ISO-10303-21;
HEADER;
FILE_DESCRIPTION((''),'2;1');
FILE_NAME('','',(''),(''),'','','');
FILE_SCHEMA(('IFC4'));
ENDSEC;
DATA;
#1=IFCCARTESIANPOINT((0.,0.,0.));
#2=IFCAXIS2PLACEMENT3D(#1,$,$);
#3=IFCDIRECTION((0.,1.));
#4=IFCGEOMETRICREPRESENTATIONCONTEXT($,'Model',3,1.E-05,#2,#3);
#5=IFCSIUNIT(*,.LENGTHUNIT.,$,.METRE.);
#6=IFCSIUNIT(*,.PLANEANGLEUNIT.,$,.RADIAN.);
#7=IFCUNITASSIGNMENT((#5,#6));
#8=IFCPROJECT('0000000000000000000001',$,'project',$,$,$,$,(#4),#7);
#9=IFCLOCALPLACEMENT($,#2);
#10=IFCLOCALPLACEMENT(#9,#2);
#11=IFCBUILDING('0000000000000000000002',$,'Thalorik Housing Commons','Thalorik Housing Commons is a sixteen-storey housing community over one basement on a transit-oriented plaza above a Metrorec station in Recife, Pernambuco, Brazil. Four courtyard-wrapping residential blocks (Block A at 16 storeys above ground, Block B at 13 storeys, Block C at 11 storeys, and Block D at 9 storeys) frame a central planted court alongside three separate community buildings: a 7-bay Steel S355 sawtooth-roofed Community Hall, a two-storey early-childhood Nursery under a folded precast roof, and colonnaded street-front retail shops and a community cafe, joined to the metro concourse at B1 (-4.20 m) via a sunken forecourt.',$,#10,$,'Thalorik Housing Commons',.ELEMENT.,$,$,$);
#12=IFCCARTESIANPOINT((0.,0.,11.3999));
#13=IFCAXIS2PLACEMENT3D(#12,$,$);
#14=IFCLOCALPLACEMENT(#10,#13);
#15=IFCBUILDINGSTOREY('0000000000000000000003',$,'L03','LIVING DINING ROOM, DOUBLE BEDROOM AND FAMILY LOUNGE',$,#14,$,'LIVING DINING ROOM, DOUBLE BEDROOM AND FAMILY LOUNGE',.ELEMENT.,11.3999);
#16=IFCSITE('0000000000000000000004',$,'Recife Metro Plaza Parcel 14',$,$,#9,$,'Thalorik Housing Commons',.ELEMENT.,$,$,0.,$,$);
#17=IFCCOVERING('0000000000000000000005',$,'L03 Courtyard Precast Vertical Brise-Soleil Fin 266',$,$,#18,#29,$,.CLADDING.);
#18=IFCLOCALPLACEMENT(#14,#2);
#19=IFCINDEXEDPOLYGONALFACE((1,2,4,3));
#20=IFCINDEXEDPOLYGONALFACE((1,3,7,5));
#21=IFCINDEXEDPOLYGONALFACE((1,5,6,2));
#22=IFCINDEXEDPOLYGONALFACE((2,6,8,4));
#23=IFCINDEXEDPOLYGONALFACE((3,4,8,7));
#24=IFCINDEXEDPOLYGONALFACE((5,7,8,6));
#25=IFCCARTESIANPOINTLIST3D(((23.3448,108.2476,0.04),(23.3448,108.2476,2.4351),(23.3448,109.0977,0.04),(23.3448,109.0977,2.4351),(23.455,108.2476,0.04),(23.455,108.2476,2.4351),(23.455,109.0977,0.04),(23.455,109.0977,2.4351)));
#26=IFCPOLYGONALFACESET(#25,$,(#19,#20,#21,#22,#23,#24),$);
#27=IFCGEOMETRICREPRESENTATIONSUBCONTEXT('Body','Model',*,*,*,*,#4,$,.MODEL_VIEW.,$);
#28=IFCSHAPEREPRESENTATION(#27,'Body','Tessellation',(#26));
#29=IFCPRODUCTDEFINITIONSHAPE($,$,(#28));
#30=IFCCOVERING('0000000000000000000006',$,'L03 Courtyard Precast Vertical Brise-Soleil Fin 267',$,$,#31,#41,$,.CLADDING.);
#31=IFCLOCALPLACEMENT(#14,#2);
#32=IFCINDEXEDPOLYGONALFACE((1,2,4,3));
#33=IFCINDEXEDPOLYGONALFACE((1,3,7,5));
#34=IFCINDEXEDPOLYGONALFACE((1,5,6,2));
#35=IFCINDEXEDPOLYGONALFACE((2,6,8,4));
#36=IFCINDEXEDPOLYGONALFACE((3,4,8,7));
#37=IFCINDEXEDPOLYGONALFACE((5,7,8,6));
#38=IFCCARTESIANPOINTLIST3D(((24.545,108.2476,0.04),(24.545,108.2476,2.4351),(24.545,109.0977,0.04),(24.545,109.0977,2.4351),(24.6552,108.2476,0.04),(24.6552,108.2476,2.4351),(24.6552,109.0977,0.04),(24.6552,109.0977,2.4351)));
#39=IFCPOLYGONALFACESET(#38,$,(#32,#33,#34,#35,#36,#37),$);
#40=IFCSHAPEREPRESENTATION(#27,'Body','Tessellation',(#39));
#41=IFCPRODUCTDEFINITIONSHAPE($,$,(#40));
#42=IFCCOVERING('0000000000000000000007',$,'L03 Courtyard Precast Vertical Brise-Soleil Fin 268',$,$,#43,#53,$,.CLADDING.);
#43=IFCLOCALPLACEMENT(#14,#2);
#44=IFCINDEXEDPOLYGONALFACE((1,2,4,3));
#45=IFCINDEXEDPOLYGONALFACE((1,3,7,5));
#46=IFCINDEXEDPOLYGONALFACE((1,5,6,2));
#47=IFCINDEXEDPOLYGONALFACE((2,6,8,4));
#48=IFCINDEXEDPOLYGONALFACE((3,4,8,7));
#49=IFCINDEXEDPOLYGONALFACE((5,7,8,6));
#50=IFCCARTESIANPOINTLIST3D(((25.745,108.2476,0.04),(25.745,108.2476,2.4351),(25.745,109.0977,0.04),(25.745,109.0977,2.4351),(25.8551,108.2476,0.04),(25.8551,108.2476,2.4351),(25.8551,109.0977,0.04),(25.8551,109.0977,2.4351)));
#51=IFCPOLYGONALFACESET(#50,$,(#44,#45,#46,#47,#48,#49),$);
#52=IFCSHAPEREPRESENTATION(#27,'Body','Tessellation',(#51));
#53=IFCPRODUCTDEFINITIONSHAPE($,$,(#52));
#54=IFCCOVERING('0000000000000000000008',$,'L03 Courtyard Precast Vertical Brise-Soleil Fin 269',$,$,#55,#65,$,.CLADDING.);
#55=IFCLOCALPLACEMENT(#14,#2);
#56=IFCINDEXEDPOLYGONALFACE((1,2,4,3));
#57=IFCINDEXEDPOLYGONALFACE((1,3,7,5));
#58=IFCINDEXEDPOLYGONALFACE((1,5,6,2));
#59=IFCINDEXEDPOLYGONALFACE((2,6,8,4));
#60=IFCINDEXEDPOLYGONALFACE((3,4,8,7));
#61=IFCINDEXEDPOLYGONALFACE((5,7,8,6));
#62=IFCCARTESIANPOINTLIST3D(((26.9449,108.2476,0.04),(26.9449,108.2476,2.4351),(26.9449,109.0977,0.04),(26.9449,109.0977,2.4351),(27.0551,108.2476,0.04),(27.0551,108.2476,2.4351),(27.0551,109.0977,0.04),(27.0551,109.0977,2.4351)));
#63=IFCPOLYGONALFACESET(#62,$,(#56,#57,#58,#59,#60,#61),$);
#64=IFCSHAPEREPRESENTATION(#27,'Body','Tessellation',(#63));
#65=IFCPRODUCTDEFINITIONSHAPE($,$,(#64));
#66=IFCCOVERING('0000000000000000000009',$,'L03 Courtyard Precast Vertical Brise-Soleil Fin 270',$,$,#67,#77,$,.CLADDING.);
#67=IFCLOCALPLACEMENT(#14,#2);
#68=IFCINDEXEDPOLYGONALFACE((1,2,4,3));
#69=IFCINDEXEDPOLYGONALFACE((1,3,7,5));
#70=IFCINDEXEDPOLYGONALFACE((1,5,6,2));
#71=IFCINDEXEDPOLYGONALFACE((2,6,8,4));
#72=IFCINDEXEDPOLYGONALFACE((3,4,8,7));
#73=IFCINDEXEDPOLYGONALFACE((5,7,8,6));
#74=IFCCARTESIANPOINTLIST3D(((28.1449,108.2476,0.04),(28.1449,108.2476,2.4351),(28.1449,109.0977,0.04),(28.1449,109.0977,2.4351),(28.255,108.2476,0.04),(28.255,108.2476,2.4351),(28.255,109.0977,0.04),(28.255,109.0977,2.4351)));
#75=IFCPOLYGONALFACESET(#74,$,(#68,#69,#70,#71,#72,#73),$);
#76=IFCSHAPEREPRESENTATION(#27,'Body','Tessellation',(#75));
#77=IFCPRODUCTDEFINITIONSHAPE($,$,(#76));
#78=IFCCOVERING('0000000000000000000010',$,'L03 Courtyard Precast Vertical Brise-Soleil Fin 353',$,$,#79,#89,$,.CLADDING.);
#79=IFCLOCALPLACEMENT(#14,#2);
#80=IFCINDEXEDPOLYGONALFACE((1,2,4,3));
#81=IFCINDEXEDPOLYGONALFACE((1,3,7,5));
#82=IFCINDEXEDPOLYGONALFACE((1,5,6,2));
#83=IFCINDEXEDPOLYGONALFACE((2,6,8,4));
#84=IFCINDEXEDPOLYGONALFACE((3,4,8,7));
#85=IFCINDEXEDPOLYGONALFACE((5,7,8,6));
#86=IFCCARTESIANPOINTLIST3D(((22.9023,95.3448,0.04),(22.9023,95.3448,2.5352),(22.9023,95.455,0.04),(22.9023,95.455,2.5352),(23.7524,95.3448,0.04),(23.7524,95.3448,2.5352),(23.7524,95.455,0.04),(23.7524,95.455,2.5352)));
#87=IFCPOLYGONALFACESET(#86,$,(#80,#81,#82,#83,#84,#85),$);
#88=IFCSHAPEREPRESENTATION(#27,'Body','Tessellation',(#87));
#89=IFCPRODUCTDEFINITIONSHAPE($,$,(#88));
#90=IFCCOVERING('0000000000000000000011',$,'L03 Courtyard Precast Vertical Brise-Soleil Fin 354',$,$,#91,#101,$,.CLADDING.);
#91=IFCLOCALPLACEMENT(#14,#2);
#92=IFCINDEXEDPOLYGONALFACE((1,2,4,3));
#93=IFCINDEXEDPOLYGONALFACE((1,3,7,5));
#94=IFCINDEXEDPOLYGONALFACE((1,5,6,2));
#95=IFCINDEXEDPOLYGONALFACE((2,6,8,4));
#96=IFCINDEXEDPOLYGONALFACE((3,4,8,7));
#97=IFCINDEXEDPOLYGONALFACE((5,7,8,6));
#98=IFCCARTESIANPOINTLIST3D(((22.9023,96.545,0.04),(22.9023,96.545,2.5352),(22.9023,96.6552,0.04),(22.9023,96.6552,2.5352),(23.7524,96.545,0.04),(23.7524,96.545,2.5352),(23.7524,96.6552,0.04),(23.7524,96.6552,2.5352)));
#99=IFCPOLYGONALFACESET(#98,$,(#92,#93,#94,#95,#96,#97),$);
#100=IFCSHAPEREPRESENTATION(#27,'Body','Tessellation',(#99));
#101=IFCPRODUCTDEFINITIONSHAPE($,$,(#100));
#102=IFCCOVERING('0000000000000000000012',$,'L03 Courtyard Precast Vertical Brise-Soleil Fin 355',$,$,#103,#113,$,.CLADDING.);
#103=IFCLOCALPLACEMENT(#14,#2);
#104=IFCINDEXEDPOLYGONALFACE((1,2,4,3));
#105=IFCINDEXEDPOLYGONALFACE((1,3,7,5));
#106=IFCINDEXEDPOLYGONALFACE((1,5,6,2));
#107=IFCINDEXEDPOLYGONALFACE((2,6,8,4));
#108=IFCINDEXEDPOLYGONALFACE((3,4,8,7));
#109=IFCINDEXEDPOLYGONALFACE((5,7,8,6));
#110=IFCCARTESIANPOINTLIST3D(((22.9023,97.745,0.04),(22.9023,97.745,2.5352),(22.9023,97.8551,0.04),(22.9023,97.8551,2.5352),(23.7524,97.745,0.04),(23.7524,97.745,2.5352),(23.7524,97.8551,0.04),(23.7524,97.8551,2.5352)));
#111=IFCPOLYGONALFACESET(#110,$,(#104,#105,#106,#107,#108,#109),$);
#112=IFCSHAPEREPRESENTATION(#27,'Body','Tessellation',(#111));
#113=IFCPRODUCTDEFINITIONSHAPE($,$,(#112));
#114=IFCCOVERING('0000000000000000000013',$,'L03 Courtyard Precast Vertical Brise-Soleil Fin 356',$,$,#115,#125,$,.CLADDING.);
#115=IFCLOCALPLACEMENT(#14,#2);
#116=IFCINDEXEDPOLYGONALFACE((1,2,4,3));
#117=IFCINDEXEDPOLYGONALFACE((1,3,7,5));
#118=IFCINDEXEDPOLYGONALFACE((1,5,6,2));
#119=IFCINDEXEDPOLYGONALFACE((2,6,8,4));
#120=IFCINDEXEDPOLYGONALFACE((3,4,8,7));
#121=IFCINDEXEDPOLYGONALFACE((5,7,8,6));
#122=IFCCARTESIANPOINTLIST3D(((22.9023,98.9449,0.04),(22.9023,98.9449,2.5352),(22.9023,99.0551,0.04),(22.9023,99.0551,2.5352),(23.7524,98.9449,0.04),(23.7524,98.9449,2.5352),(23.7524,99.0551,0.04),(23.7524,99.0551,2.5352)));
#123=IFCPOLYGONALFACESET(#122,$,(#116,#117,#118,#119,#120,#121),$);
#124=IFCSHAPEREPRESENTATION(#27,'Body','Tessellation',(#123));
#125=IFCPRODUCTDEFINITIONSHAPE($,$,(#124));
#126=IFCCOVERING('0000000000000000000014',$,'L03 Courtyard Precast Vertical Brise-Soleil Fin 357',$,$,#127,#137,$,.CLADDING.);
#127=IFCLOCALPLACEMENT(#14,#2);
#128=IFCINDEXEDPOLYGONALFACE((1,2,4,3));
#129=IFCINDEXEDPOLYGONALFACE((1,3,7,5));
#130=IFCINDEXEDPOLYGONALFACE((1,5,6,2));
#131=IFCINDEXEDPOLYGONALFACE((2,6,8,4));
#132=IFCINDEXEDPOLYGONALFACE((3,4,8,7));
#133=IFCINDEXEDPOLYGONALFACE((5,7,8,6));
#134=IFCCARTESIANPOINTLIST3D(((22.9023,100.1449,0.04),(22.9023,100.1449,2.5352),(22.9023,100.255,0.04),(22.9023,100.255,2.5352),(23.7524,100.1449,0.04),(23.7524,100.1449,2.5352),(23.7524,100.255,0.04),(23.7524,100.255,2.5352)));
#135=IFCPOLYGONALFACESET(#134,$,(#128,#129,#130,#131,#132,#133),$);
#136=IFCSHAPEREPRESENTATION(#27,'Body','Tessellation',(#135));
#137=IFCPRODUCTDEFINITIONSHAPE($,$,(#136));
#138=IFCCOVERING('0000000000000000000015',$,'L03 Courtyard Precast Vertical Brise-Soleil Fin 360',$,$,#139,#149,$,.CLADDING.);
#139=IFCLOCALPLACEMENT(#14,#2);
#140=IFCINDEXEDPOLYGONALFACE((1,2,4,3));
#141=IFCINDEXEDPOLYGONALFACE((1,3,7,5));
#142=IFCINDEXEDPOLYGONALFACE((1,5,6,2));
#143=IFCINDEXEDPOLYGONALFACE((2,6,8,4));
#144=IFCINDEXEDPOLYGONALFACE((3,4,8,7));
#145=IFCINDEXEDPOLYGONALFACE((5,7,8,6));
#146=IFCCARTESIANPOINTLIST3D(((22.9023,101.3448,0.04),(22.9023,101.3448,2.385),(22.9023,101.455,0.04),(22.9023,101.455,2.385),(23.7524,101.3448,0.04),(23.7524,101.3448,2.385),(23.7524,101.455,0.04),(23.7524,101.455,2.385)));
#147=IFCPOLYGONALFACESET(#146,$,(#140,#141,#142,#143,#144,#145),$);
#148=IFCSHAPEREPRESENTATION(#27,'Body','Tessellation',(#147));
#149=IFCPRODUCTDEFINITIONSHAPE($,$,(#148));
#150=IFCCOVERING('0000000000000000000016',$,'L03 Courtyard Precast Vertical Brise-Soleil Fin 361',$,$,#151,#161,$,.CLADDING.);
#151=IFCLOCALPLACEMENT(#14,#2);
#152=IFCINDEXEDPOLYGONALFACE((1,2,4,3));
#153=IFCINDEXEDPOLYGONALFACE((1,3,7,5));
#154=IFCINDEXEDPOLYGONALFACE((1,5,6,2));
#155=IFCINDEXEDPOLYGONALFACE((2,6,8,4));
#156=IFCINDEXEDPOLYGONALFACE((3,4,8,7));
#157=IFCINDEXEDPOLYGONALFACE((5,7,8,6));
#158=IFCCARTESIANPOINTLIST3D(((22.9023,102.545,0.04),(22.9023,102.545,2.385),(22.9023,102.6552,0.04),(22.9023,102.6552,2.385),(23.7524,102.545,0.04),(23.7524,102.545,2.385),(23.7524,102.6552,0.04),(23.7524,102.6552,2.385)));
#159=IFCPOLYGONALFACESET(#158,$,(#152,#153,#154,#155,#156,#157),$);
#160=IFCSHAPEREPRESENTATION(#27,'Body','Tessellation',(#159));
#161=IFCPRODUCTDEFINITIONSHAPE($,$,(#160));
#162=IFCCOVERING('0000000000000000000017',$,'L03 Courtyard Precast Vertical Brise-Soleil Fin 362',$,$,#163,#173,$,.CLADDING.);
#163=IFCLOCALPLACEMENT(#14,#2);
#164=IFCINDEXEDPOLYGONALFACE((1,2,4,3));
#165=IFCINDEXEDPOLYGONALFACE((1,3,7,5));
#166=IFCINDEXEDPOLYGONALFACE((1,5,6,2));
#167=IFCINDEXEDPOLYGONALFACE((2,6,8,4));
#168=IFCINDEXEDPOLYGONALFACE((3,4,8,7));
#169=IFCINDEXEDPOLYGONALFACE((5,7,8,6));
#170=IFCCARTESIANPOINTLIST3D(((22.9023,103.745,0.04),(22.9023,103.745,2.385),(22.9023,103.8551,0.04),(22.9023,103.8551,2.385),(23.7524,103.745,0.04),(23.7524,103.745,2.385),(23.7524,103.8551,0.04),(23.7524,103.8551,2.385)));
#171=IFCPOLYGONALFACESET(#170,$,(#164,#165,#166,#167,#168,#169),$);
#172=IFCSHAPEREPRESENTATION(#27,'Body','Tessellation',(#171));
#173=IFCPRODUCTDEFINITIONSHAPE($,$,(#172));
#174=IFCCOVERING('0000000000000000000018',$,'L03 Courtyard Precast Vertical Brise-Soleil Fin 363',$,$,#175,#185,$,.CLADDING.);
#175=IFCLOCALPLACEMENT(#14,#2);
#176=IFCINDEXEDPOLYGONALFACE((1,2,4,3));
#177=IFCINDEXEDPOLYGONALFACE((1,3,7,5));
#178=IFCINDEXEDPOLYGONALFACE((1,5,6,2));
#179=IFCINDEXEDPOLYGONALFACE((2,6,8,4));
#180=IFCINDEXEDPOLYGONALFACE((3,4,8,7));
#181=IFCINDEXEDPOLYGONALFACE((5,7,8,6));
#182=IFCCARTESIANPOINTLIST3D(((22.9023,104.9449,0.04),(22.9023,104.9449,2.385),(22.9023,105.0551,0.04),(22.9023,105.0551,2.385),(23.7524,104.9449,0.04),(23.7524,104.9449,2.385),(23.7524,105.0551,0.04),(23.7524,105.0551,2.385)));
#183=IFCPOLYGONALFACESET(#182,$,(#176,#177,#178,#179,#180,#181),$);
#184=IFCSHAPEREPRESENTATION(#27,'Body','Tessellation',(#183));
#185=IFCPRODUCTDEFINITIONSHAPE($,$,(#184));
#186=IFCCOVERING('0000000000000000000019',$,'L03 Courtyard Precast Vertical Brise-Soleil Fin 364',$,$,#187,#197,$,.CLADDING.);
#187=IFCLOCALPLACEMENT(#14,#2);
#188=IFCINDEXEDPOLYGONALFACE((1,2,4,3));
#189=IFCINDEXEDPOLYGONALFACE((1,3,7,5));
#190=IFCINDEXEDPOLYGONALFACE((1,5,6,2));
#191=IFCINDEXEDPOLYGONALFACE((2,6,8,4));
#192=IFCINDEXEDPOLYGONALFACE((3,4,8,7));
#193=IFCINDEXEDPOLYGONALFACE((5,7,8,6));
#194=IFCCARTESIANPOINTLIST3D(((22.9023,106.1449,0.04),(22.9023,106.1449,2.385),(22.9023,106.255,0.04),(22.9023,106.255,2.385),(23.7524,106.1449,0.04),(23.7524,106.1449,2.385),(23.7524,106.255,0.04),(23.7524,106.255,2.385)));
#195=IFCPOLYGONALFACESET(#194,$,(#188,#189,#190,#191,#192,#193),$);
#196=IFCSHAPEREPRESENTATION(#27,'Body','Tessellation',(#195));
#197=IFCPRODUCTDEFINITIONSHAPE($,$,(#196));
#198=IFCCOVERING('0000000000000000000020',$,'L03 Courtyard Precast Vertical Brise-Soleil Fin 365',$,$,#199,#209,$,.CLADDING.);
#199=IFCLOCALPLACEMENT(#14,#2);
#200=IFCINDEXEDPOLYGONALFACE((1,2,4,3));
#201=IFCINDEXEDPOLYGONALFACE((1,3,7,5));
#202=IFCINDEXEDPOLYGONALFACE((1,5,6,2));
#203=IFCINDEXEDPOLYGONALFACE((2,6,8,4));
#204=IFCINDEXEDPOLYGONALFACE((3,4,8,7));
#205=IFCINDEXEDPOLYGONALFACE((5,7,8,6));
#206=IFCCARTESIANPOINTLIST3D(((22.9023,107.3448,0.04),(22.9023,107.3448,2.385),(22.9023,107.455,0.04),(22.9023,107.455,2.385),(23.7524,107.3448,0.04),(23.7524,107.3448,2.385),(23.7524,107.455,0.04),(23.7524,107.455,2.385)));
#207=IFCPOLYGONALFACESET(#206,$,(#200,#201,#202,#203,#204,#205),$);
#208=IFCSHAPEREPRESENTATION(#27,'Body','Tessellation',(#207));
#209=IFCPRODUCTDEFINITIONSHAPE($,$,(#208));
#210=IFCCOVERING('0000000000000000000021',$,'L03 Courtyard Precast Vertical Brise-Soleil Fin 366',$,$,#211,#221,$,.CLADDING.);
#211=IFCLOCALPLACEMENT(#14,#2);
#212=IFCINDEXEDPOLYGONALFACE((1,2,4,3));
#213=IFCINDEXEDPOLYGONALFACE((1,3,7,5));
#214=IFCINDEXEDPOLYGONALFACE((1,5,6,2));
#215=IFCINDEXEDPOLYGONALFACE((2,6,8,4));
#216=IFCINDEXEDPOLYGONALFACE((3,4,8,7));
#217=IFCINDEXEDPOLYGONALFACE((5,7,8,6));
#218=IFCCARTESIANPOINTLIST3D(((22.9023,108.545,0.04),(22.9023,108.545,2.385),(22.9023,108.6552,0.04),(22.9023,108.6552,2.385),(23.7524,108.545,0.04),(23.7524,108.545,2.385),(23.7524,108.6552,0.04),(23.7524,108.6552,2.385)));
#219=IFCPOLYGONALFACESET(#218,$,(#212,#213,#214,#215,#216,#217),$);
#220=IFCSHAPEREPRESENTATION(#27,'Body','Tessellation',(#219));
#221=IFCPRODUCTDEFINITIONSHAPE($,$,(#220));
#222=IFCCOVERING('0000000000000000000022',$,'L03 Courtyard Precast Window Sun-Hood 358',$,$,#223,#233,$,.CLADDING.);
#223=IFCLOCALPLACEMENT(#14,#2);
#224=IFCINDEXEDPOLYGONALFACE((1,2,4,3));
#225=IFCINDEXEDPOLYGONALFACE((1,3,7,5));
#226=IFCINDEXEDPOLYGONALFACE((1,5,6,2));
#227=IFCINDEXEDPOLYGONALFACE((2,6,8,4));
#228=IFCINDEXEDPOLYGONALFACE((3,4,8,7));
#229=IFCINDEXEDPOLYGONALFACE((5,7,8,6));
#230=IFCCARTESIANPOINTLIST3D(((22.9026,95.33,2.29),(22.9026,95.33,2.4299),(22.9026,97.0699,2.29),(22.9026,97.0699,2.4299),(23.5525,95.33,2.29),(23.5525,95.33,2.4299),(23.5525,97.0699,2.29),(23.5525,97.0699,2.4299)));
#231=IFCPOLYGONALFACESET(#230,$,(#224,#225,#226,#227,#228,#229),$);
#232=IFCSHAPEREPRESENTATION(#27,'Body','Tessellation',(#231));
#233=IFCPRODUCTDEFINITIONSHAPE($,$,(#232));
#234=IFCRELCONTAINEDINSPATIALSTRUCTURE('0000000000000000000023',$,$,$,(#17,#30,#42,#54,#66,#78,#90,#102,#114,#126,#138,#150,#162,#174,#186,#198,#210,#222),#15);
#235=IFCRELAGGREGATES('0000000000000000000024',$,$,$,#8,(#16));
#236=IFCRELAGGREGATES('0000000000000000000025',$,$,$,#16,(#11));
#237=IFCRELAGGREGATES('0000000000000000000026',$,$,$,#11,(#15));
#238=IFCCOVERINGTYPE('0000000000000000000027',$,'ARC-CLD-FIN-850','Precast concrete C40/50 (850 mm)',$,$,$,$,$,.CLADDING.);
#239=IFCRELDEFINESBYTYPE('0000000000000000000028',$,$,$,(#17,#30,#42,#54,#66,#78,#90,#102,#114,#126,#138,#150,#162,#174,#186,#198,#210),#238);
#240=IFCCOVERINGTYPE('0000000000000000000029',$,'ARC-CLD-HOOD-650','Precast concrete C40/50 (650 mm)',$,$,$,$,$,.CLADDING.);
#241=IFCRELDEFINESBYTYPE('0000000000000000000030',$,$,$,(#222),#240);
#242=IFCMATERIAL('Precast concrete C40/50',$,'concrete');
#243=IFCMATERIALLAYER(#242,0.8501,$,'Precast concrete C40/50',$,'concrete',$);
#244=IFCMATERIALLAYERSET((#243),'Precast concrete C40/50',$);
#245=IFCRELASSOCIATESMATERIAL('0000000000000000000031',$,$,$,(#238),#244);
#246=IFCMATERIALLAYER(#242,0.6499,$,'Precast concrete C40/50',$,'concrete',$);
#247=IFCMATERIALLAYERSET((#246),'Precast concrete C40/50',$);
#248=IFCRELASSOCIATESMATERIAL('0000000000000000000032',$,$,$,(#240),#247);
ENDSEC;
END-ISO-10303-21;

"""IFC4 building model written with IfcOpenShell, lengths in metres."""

from ifc_helpers import new_model, si_unit, direction, frame, origin, origin_2d, place, context, subcontext, project, spatial, rectangle, extrude, material, layer, layer_set, type_object, element, save


model = new_model("IFC4")

# Units and contexts
model_context = context("Model", 3, precision=1e-05, world=origin(), true_north=direction((0.0, 1.0)))
body_context = subcontext(model_context, "Body", "Model", "MODEL_VIEW")
ifc_project = project(units=[si_unit("LENGTHUNIT", "METRE"), si_unit("PLANEANGLEUNIT", "RADIAN")], contexts=[model_context])

# Site, building, storey
site_placement = place(None, origin())
site = spatial("IfcSite", under=ifc_project, at=site_placement, Name="Recife Metro Plaza Parcel 14", LongName="Thalorik Housing Commons", CompositionType="ELEMENT", RefElevation=0.0)
building_placement = place(site_placement, origin())
building = spatial("IfcBuilding", under=site, at=building_placement, Name="Thalorik Housing Commons", Description="Thalorik Housing Commons is a sixteen-storey housing community over one basement on a transit-oriented plaza above a Metrorec station in Recife, Pernambuco, Brazil. Four courtyard-wrapping residential blocks (Block A at 16 storeys above ground, Block B at 13 storeys, Block C at 11 storeys, and Block D at 9 storeys) frame a central planted court alongside three separate community buildings: a 7-bay Steel S355 sawtooth-roofed Community Hall, a two-storey early-childhood Nursery under a folded precast roof, and colonnaded street-front retail shops and a community cafe, joined to the metro concourse at B1 (-4.20 m) via a sunken forecourt.", LongName="Thalorik Housing Commons", CompositionType="ELEMENT")
storey_placement = place(building_placement, frame((0.0, 0.0, 11.3999)))
storey = spatial("IfcBuildingStorey", under=building, at=storey_placement, Name="L03", Description="LIVING DINING ROOM, DOUBLE BEDROOM AND FAMILY LOUNGE", LongName="LIVING DINING ROOM, DOUBLE BEDROOM AND FAMILY LOUNGE", CompositionType="ELEMENT", Elevation=11.3999)

# Shared definitions
ifc_material_1 = material(Name="Precast concrete C40/50", Category="concrete")

# Coverings
ifc_layer_1 = layer(ifc_material_1, 0.8501, Name="Precast concrete C40/50", Category="concrete")
ifc_layer_set_1 = layer_set([ifc_layer_1], Name="Precast concrete C40/50")
covering_type_1 = type_object("IfcCoveringType", Name="ARC-CLD-FIN-850", Description="Precast concrete C40/50 (850 mm)", PredefinedType="CLADDING", material=ifc_layer_set_1)
for number, where, z_axis, x_axis, name in (
    (1, (23.3999, 108.6726, 0.04), (0.0, 0.0, 1.0), (1.0, 0.0, 0.0), "L03 Courtyard Precast Vertical Brise-Soleil Fin 266"),
    (2, (24.6001, 108.6726, 0.04), (0.0, 0.0, 1.0), (1.0, 0.0, 0.0), "L03 Courtyard Precast Vertical Brise-Soleil Fin 267"),
    (3, (25.8, 108.6726, 0.04), (0.0, 0.0, 1.0), (1.0, 0.0, 0.0), "L03 Courtyard Precast Vertical Brise-Soleil Fin 268"),
    (4, (27.0, 108.6726, 0.04), (0.0, 0.0, 1.0), (1.0, 0.0, 0.0), "L03 Courtyard Precast Vertical Brise-Soleil Fin 269"),
    (5, (28.2, 108.6726, 0.04), (0.0, 0.0, 1.0), (1.0, 0.0, 0.0), "L03 Courtyard Precast Vertical Brise-Soleil Fin 270"),
):
    element("IfcCovering", number, at=place(storey_placement, frame(where, z_axis=z_axis, x_axis=x_axis)), inside=storey, type_object=covering_type_1, Name=name, PredefinedType="CLADDING", context=body_context, shape_type="SweptSolid", body=[
        extrude(rectangle(XDim=0.1101, YDim=0.8501, at=origin_2d()), origin(), (0.0, 0.0, 1.0), 2.395),
    ])
for number, where, z_axis, x_axis, name in (
    (6, (23.3274, 95.3999, 0.04), (0.0, 0.0, 1.0), (0.0, 1.0, 0.0), "L03 Courtyard Precast Vertical Brise-Soleil Fin 353"),
    (7, (23.3274, 96.6001, 0.04), (0.0, 0.0, 1.0), (0.0, 1.0, 0.0), "L03 Courtyard Precast Vertical Brise-Soleil Fin 354"),
    (8, (23.3274, 97.8, 0.04), (0.0, 0.0, 1.0), (0.0, 1.0, 0.0), "L03 Courtyard Precast Vertical Brise-Soleil Fin 355"),
    (9, (23.3274, 99.0, 0.04), (0.0, 0.0, 1.0), (0.0, 1.0, 0.0), "L03 Courtyard Precast Vertical Brise-Soleil Fin 356"),
    (10, (23.3274, 100.2, 0.04), (0.0, 0.0, 1.0), (0.0, 1.0, 0.0), "L03 Courtyard Precast Vertical Brise-Soleil Fin 357"),
):
    element("IfcCovering", number, at=place(storey_placement, frame(where, z_axis=z_axis, x_axis=x_axis)), inside=storey, type_object=covering_type_1, Name=name, PredefinedType="CLADDING", context=body_context, shape_type="SweptSolid", body=[
        extrude(rectangle(XDim=0.1101, YDim=0.8501, at=origin_2d()), origin(), (0.0, 0.0, 1.0), 2.4951),
    ])
for number, where, z_axis, x_axis, name in (
    (11, (23.3274, 101.3999, 0.04), (0.0, 0.0, 1.0), (0.0, 1.0, 0.0), "L03 Courtyard Precast Vertical Brise-Soleil Fin 360"),
    (12, (23.3274, 102.6001, 0.04), (0.0, 0.0, 1.0), (0.0, 1.0, 0.0), "L03 Courtyard Precast Vertical Brise-Soleil Fin 361"),
    (13, (23.3274, 103.8, 0.04), (0.0, 0.0, 1.0), (0.0, 1.0, 0.0), "L03 Courtyard Precast Vertical Brise-Soleil Fin 362"),
    (14, (23.3274, 105.0, 0.04), (0.0, 0.0, 1.0), (0.0, 1.0, 0.0), "L03 Courtyard Precast Vertical Brise-Soleil Fin 363"),
    (15, (23.3274, 106.2, 0.04), (0.0, 0.0, 1.0), (0.0, 1.0, 0.0), "L03 Courtyard Precast Vertical Brise-Soleil Fin 364"),
    (16, (23.3274, 107.3999, 0.04), (0.0, 0.0, 1.0), (0.0, 1.0, 0.0), "L03 Courtyard Precast Vertical Brise-Soleil Fin 365"),
    (17, (23.3274, 108.6001, 0.04), (0.0, 0.0, 1.0), (0.0, 1.0, 0.0), "L03 Courtyard Precast Vertical Brise-Soleil Fin 366"),
):
    element("IfcCovering", number, at=place(storey_placement, frame(where, z_axis=z_axis, x_axis=x_axis)), inside=storey, type_object=covering_type_1, Name=name, PredefinedType="CLADDING", context=body_context, shape_type="SweptSolid", body=[
        extrude(rectangle(XDim=0.1101, YDim=0.8501, at=origin_2d()), origin(), (0.0, 0.0, 1.0), 2.345),
    ])
ifc_layer_2 = layer(ifc_material_1, 0.6499, Name="Precast concrete C40/50", Category="concrete")
ifc_layer_set_2 = layer_set([ifc_layer_2], Name="Precast concrete C40/50")
covering_type_2 = type_object("IfcCoveringType", Name="ARC-CLD-HOOD-650", Description="Precast concrete C40/50 (650 mm)", PredefinedType="CLADDING", material=ifc_layer_set_2)
covering_1_placement = place(storey_placement, frame((23.2275, 96.2, 2.29), z_axis=(0.0, 0.0, 1.0), x_axis=(0.0, 1.0, 0.0)))
element("IfcCovering", 18, at=covering_1_placement, inside=storey, type_object=covering_type_2, Name="L03 Courtyard Precast Window Sun-Hood 358", PredefinedType="CLADDING", context=body_context, shape_type="SweptSolid", body=[
    extrude(rectangle(XDim=1.74, YDim=0.6499, at=origin_2d()), origin(), (0.0, 0.0, 1.0), 0.1399),
])

save(model, "model.ifc")
